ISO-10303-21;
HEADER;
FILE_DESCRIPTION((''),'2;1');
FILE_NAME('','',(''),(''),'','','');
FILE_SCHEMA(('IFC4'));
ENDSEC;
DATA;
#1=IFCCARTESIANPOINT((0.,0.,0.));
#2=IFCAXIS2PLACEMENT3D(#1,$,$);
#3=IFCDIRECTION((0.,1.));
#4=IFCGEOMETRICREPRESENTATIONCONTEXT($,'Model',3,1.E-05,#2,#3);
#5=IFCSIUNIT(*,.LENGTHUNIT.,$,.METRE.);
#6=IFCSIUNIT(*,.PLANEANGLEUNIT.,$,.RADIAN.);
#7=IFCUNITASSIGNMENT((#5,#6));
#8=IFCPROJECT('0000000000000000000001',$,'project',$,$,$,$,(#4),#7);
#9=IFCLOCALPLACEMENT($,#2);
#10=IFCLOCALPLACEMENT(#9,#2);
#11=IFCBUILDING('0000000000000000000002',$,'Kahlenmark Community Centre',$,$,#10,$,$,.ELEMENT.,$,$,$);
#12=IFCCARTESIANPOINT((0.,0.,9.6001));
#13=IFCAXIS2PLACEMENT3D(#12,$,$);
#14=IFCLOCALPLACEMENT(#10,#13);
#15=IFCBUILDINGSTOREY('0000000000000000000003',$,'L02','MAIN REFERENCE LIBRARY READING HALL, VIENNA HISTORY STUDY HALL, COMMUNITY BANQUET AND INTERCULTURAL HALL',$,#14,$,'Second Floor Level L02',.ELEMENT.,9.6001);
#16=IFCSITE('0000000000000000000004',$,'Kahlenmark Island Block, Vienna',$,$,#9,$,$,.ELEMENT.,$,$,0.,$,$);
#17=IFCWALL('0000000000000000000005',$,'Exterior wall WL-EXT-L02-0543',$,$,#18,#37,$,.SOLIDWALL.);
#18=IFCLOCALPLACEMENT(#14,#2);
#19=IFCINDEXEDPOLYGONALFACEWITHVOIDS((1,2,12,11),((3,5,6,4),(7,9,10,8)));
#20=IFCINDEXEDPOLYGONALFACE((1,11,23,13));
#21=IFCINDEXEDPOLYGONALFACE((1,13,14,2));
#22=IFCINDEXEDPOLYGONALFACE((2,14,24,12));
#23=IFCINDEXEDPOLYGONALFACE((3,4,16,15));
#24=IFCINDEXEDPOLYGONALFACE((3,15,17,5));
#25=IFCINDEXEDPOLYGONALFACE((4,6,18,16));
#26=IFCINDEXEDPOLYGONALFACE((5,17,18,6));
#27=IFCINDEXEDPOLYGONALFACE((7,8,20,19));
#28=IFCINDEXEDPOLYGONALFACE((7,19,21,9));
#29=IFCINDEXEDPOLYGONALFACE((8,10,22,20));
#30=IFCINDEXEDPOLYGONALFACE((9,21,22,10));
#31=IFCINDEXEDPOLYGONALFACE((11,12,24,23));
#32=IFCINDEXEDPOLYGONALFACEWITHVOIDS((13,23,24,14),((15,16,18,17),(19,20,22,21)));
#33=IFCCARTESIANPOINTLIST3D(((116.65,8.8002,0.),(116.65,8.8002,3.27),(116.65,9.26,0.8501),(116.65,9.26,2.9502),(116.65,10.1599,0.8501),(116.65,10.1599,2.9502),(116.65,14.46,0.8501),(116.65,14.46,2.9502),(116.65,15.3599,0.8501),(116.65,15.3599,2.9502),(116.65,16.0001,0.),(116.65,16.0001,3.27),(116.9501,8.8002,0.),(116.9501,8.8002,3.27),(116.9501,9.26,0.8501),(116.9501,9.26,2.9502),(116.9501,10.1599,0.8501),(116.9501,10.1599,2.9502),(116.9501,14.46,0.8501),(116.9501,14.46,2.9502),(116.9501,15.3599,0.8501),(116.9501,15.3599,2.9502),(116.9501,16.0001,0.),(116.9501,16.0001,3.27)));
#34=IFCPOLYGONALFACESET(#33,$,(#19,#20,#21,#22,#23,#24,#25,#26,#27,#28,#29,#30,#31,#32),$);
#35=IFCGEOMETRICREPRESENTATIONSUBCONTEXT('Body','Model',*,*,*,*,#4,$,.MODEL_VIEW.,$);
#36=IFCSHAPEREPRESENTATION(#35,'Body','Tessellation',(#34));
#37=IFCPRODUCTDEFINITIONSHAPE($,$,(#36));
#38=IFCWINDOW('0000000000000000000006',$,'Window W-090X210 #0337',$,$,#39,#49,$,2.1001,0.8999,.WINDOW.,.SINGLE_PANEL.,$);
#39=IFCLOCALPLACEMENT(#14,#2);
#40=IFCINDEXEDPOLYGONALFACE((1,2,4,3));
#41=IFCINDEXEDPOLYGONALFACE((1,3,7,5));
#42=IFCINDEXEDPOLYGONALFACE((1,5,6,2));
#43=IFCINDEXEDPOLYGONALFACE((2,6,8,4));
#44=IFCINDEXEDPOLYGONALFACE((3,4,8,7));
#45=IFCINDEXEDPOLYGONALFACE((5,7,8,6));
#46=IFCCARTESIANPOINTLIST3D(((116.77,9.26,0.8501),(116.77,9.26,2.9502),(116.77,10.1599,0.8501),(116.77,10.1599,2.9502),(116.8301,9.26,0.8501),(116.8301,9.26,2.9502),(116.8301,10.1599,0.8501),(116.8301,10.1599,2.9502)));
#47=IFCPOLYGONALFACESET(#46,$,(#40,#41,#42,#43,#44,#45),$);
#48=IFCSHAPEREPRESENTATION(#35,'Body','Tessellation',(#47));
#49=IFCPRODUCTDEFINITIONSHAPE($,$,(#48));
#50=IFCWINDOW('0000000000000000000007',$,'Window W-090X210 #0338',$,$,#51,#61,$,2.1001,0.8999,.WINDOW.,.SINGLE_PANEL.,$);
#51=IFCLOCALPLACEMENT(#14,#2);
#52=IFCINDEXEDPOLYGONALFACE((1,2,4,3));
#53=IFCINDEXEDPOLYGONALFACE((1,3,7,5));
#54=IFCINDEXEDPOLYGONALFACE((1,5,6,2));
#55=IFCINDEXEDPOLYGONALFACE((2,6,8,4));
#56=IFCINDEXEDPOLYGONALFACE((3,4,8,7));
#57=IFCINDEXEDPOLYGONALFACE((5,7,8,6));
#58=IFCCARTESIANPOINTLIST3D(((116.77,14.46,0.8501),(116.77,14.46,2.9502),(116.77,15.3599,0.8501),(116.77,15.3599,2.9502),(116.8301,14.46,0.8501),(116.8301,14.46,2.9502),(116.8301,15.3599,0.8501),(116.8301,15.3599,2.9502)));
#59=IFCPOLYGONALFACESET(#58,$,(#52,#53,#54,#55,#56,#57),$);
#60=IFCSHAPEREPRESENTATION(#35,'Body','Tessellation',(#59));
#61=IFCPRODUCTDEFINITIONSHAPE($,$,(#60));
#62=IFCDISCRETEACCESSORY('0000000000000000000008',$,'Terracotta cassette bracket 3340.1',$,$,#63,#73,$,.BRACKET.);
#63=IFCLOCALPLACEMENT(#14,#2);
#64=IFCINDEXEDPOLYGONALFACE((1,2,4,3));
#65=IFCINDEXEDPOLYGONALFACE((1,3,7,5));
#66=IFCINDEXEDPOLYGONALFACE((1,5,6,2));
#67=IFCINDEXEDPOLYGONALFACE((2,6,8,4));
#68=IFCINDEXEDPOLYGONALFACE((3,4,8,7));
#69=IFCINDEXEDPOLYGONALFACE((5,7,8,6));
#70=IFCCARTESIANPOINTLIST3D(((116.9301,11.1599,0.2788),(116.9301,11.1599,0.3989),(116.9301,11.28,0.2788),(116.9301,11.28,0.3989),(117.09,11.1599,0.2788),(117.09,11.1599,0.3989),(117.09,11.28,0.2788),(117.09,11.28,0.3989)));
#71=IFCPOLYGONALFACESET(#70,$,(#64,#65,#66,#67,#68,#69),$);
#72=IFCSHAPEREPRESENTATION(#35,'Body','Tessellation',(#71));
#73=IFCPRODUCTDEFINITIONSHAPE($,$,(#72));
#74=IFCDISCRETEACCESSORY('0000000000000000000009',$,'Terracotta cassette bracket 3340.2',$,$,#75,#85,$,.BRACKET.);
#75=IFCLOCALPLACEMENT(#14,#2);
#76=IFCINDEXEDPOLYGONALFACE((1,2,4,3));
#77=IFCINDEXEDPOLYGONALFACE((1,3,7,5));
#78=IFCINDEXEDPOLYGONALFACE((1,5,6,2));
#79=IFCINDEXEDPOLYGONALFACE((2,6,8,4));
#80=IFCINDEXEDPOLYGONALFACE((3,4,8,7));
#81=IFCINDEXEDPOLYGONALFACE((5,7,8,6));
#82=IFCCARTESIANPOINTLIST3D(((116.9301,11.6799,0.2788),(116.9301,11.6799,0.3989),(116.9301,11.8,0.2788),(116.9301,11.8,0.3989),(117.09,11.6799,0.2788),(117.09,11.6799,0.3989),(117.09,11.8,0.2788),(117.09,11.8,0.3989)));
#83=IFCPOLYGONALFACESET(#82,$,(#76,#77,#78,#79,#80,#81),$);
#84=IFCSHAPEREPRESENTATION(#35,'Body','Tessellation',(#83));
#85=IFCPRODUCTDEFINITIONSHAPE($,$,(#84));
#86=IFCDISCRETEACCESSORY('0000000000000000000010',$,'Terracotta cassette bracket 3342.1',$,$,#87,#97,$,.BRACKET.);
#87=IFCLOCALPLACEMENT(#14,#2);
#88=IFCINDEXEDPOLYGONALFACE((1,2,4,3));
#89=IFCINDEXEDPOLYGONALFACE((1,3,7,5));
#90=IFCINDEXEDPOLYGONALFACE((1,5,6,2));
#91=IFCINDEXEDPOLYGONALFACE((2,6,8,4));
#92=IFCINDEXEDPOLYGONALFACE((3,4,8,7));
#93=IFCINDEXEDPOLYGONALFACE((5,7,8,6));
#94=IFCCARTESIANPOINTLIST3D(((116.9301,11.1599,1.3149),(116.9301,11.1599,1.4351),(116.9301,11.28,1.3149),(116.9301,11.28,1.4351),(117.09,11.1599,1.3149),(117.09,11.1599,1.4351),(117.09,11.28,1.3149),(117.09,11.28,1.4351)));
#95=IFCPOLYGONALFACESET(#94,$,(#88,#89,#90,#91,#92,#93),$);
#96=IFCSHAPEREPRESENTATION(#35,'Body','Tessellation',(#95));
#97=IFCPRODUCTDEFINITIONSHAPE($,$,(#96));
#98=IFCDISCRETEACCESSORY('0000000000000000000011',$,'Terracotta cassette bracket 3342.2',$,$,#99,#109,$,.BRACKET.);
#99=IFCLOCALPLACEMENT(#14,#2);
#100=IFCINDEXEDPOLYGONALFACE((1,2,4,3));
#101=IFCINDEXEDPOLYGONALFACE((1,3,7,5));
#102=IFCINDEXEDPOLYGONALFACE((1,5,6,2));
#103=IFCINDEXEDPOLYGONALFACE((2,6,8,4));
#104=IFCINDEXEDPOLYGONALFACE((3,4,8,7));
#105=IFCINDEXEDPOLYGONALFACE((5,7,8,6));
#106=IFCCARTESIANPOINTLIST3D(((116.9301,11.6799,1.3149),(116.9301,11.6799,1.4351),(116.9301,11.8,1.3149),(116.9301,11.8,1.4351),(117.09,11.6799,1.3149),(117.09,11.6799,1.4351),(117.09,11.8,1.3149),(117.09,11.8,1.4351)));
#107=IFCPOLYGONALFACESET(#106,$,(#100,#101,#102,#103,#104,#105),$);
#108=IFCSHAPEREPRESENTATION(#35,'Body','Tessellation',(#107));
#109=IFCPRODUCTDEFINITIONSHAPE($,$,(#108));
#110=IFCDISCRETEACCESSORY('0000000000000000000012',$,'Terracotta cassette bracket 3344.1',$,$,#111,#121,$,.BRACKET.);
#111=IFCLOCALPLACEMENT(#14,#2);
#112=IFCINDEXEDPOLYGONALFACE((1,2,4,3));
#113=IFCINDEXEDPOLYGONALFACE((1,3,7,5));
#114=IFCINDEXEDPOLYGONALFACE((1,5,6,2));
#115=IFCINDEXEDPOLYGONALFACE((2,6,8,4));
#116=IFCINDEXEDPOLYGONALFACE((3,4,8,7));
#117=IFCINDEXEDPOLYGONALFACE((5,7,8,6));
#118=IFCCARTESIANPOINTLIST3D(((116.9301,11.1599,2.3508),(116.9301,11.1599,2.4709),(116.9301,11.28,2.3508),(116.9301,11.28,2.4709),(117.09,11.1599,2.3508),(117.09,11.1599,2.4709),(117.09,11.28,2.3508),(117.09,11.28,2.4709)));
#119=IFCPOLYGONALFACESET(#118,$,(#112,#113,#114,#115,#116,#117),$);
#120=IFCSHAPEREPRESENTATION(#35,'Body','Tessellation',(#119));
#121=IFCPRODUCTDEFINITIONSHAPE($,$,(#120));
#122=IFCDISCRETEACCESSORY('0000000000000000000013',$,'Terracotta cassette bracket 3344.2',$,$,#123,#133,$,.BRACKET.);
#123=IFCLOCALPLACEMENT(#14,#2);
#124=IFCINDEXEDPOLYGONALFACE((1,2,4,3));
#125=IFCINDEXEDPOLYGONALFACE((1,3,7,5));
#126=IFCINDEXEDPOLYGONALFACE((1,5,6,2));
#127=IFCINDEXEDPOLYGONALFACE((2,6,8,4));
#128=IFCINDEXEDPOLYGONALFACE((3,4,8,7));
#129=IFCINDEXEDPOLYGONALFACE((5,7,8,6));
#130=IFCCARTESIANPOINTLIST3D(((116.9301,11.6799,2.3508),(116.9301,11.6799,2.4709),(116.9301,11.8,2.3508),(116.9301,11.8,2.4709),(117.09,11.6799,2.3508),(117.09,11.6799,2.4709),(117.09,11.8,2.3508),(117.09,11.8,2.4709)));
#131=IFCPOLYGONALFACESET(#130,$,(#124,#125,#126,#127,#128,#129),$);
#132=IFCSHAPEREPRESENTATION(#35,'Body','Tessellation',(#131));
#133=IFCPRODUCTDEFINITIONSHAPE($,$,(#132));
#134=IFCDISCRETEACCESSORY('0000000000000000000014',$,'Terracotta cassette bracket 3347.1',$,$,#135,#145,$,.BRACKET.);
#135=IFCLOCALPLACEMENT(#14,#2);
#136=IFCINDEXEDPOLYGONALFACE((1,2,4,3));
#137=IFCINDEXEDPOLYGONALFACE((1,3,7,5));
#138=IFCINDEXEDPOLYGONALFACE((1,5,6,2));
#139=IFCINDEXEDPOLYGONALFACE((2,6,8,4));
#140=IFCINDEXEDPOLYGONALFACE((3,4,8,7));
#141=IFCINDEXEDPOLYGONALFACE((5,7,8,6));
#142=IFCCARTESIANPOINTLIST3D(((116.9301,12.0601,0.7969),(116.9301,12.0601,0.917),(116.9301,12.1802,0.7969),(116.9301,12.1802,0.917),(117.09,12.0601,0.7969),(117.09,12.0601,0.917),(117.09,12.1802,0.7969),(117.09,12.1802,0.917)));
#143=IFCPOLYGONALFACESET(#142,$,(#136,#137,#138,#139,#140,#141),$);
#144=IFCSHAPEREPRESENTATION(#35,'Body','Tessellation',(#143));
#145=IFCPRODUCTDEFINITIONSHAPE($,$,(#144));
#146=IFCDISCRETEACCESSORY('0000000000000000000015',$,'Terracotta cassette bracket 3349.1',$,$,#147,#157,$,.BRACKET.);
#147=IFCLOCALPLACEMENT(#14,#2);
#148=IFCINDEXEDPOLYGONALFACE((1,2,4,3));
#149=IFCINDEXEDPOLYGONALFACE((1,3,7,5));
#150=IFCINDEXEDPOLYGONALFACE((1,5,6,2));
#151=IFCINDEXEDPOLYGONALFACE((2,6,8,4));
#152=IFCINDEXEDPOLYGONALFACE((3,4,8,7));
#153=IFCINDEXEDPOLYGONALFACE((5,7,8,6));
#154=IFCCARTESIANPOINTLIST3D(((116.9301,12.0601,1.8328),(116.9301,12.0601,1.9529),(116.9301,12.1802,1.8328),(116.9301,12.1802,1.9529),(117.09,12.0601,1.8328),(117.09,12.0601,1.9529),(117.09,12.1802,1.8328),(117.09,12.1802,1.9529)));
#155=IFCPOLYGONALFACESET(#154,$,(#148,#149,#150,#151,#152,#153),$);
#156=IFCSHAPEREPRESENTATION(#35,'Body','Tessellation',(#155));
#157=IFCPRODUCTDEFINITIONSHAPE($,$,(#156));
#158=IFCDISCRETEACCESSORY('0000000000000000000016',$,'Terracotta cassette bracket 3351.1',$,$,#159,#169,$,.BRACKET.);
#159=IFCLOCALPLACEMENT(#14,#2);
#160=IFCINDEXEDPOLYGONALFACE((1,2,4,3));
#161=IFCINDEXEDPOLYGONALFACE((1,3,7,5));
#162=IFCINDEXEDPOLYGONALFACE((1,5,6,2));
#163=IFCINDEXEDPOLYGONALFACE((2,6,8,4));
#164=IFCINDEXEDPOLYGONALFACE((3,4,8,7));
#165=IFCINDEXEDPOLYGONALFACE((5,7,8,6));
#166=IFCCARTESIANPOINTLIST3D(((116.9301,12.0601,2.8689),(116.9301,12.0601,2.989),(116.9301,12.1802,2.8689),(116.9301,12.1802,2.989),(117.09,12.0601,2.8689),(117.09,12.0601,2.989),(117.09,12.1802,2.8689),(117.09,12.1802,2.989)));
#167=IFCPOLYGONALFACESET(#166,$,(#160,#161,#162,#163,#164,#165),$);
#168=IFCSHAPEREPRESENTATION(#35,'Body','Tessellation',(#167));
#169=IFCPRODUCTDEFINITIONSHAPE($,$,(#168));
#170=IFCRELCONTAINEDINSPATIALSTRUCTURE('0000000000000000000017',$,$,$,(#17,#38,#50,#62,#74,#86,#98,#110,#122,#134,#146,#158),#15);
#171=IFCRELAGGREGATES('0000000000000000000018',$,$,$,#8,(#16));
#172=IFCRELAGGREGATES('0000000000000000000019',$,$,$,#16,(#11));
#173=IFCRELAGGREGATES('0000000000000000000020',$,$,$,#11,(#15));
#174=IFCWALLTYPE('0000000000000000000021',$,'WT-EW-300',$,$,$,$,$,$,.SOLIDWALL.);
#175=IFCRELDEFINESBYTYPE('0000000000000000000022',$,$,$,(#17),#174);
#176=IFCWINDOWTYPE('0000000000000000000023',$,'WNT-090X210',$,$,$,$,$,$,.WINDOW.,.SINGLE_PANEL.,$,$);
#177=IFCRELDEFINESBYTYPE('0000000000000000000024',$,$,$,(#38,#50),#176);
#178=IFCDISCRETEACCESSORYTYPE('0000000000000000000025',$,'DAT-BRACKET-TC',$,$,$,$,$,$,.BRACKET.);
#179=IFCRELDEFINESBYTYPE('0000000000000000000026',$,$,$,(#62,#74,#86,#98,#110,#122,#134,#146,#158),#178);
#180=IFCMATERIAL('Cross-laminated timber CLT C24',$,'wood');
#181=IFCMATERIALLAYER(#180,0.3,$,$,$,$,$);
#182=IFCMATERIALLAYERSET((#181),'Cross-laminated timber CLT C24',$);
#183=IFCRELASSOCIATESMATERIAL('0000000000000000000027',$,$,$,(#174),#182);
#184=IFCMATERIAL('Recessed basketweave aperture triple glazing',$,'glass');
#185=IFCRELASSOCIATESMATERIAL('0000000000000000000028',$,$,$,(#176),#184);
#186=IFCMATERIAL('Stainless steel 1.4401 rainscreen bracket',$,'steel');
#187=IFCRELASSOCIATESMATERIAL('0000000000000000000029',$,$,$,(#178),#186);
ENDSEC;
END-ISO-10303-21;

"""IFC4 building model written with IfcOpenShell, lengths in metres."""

from ifc_helpers import new_model, si_unit, direction, frame, frame_2d, origin, origin_2d, place, context, subcontext, project, spatial, rectangle, extrude, material, layer, layer_set, type_object, element, fill, save


model = new_model("IFC4")

# Units and contexts
model_context = context("Model", 3, precision=1e-05, world=origin(), true_north=direction((0.0, 1.0)))
body_context = subcontext(model_context, "Body", "Model", "MODEL_VIEW")
ifc_project = project(units=[si_unit("LENGTHUNIT", "METRE"), si_unit("PLANEANGLEUNIT", "RADIAN")], contexts=[model_context])

# Site, building, storey
site_placement = place(None, origin())
site = spatial("IfcSite", under=ifc_project, at=site_placement, Name="Kahlenmark Island Block, Vienna", CompositionType="ELEMENT", RefElevation=0.0)
building_placement = place(site_placement, origin())
building = spatial("IfcBuilding", under=site, at=building_placement, Name="Kahlenmark Community Centre", CompositionType="ELEMENT")
storey_placement = place(building_placement, frame((0.0, 0.0, 9.6001)))
storey = spatial("IfcBuildingStorey", under=building, at=storey_placement, Name="L02", Description="MAIN REFERENCE LIBRARY READING HALL, VIENNA HISTORY STUDY HALL, COMMUNITY BANQUET AND INTERCULTURAL HALL", LongName="Second Floor Level L02", CompositionType="ELEMENT", Elevation=9.6001)

# Wall, openings, windows
ifc_material_1 = material(Name="Cross-laminated timber CLT C24", Category="wood")
ifc_layer_1 = layer(ifc_material_1, 0.3)
ifc_layer_set_1 = layer_set([ifc_layer_1], Name="Cross-laminated timber CLT C24")
wall_type = type_object("IfcWallType", Name="WT-EW-300", PredefinedType="SOLIDWALL", material=ifc_layer_set_1)
wall_placement = place(storey_placement, frame((116.8, 8.8, 0.0), z_axis=(0.0, 0.0, 1.0), x_axis=(0.0, 1.0, 0.0)))
wall = element("IfcWall", 1, at=wall_placement, inside=storey, type_object=wall_type, Name="Exterior wall WL-EXT-L02-0543", PredefinedType="SOLIDWALL", context=body_context, shape_type="SweptSolid", body=[
    extrude(rectangle(XDim=7.2, YDim=0.3, at=frame_2d((3.6001, 0.0))), origin(), (0.0, 0.0, 1.0), 3.27),
])
opening_1_placement = place(wall_placement, frame((0.46, 0.0, 0.8501)))
opening_1 = element("IfcOpeningElement", 2, at=opening_1_placement, cuts=wall, PredefinedType="OPENING", context=body_context, shape_type="SweptSolid", body=[
    extrude(rectangle(XDim=0.8999, YDim=2.1001, at=frame_2d((0.45, 1.05))), frame((0.0, 0.1599, 0.0), z_axis=(0.0, -1.0, 0.0), x_axis=(1.0, 0.0, 0.0)), (0.0, 0.0, 1.0), 0.3201),
])
opening_2_placement = place(wall_placement, frame((5.6599, 0.0, 0.8501)))
opening_2 = element("IfcOpeningElement", 3, at=opening_2_placement, cuts=wall, PredefinedType="OPENING", context=body_context, shape_type="SweptSolid", body=[
    extrude(rectangle(XDim=0.8999, YDim=2.1001, at=frame_2d((0.45, 1.05))), frame((0.0, 0.1599, 0.0), z_axis=(0.0, -1.0, 0.0), x_axis=(1.0, 0.0, 0.0)), (0.0, 0.0, 1.0), 0.3201),
])
ifc_material_2 = material(Name="Recessed basketweave aperture triple glazing", Category="glass")
window_type = type_object("IfcWindowType", Name="WNT-090X210", PartitioningType="SINGLE_PANEL", PredefinedType="WINDOW", material=ifc_material_2)
window_1_placement = place(opening_1_placement, origin())
window_1 = element("IfcWindow", 4, at=window_1_placement, inside=storey, type_object=window_type, Name="Window W-090X210 #0337", OverallHeight=2.1001, OverallWidth=0.8999, PartitioningType="SINGLE_PANEL", PredefinedType="WINDOW", context=body_context, shape_type="SweptSolid", body=[
    extrude(rectangle(XDim=0.8999, YDim=2.1001, at=frame_2d((0.45, 1.05))), frame((0.0, 0.03, 0.0), z_axis=(0.0, -1.0, 0.0), x_axis=(1.0, 0.0, 0.0)), (0.0, 0.0, 1.0), 0.0601),
])
fill(opening_1, window_1)
window_2_placement = place(opening_2_placement, origin())
window_2 = element("IfcWindow", 5, at=window_2_placement, inside=storey, type_object=window_type, Name="Window W-090X210 #0338", OverallHeight=2.1001, OverallWidth=0.8999, PartitioningType="SINGLE_PANEL", PredefinedType="WINDOW", context=body_context, shape_type="SweptSolid", body=[
    extrude(rectangle(XDim=0.8999, YDim=2.1001, at=frame_2d((0.45, 1.05))), frame((0.0, 0.03, 0.0), z_axis=(0.0, -1.0, 0.0), x_axis=(1.0, 0.0, 0.0)), (0.0, 0.0, 1.0), 0.0601),
])
fill(opening_2, window_2)

# Discrete accessories
ifc_material_3 = material(Name="Stainless steel 1.4401 rainscreen bracket", Category="steel")
discrete_accessory_type = type_object("IfcDiscreteAccessoryType", Name="DAT-BRACKET-TC", PredefinedType="BRACKET", material=ifc_material_3)
for number, where, z_axis, x_axis, name in (
    (6, (117.01, 11.22, 0.2788), (0.0, 0.0, 1.0), (0.0, 1.0, 0.0), "Terracotta cassette bracket 3340.1"),
    (7, (117.01, 11.74, 0.2788), (0.0, 0.0, 1.0), (0.0, 1.0, 0.0), "Terracotta cassette bracket 3340.2"),
    (8, (117.01, 11.22, 1.3149), (0.0, 0.0, 1.0), (0.0, 1.0, 0.0), "Terracotta cassette bracket 3342.1"),
    (9, (117.01, 11.74, 1.3149), (0.0, 0.0, 1.0), (0.0, 1.0, 0.0), "Terracotta cassette bracket 3342.2"),
    (10, (117.01, 11.22, 2.3508), (0.0, 0.0, 1.0), (0.0, 1.0, 0.0), "Terracotta cassette bracket 3344.1"),
    (11, (117.01, 11.74, 2.3508), (0.0, 0.0, 1.0), (0.0, 1.0, 0.0), "Terracotta cassette bracket 3344.2"),
    (12, (117.01, 12.1201, 0.7969), (0.0, 0.0, 1.0), (0.0, 1.0, 0.0), "Terracotta cassette bracket 3347.1"),
    (13, (117.01, 12.1201, 1.8328), (0.0, 0.0, 1.0), (0.0, 1.0, 0.0), "Terracotta cassette bracket 3349.1"),
    (14, (117.01, 12.1201, 2.8689), (0.0, 0.0, 1.0), (0.0, 1.0, 0.0), "Terracotta cassette bracket 3351.1"),
):
    element("IfcDiscreteAccessory", number, at=place(storey_placement, frame(where, z_axis=z_axis, x_axis=x_axis)), inside=storey, type_object=discrete_accessory_type, Name=name, PredefinedType="BRACKET", context=body_context, shape_type="SweptSolid", body=[
        extrude(rectangle(XDim=0.1201, YDim=0.1599, at=origin_2d()), origin(), (0.0, 0.0, 1.0), 0.1201),
    ])

save(model, "model.ifc")
